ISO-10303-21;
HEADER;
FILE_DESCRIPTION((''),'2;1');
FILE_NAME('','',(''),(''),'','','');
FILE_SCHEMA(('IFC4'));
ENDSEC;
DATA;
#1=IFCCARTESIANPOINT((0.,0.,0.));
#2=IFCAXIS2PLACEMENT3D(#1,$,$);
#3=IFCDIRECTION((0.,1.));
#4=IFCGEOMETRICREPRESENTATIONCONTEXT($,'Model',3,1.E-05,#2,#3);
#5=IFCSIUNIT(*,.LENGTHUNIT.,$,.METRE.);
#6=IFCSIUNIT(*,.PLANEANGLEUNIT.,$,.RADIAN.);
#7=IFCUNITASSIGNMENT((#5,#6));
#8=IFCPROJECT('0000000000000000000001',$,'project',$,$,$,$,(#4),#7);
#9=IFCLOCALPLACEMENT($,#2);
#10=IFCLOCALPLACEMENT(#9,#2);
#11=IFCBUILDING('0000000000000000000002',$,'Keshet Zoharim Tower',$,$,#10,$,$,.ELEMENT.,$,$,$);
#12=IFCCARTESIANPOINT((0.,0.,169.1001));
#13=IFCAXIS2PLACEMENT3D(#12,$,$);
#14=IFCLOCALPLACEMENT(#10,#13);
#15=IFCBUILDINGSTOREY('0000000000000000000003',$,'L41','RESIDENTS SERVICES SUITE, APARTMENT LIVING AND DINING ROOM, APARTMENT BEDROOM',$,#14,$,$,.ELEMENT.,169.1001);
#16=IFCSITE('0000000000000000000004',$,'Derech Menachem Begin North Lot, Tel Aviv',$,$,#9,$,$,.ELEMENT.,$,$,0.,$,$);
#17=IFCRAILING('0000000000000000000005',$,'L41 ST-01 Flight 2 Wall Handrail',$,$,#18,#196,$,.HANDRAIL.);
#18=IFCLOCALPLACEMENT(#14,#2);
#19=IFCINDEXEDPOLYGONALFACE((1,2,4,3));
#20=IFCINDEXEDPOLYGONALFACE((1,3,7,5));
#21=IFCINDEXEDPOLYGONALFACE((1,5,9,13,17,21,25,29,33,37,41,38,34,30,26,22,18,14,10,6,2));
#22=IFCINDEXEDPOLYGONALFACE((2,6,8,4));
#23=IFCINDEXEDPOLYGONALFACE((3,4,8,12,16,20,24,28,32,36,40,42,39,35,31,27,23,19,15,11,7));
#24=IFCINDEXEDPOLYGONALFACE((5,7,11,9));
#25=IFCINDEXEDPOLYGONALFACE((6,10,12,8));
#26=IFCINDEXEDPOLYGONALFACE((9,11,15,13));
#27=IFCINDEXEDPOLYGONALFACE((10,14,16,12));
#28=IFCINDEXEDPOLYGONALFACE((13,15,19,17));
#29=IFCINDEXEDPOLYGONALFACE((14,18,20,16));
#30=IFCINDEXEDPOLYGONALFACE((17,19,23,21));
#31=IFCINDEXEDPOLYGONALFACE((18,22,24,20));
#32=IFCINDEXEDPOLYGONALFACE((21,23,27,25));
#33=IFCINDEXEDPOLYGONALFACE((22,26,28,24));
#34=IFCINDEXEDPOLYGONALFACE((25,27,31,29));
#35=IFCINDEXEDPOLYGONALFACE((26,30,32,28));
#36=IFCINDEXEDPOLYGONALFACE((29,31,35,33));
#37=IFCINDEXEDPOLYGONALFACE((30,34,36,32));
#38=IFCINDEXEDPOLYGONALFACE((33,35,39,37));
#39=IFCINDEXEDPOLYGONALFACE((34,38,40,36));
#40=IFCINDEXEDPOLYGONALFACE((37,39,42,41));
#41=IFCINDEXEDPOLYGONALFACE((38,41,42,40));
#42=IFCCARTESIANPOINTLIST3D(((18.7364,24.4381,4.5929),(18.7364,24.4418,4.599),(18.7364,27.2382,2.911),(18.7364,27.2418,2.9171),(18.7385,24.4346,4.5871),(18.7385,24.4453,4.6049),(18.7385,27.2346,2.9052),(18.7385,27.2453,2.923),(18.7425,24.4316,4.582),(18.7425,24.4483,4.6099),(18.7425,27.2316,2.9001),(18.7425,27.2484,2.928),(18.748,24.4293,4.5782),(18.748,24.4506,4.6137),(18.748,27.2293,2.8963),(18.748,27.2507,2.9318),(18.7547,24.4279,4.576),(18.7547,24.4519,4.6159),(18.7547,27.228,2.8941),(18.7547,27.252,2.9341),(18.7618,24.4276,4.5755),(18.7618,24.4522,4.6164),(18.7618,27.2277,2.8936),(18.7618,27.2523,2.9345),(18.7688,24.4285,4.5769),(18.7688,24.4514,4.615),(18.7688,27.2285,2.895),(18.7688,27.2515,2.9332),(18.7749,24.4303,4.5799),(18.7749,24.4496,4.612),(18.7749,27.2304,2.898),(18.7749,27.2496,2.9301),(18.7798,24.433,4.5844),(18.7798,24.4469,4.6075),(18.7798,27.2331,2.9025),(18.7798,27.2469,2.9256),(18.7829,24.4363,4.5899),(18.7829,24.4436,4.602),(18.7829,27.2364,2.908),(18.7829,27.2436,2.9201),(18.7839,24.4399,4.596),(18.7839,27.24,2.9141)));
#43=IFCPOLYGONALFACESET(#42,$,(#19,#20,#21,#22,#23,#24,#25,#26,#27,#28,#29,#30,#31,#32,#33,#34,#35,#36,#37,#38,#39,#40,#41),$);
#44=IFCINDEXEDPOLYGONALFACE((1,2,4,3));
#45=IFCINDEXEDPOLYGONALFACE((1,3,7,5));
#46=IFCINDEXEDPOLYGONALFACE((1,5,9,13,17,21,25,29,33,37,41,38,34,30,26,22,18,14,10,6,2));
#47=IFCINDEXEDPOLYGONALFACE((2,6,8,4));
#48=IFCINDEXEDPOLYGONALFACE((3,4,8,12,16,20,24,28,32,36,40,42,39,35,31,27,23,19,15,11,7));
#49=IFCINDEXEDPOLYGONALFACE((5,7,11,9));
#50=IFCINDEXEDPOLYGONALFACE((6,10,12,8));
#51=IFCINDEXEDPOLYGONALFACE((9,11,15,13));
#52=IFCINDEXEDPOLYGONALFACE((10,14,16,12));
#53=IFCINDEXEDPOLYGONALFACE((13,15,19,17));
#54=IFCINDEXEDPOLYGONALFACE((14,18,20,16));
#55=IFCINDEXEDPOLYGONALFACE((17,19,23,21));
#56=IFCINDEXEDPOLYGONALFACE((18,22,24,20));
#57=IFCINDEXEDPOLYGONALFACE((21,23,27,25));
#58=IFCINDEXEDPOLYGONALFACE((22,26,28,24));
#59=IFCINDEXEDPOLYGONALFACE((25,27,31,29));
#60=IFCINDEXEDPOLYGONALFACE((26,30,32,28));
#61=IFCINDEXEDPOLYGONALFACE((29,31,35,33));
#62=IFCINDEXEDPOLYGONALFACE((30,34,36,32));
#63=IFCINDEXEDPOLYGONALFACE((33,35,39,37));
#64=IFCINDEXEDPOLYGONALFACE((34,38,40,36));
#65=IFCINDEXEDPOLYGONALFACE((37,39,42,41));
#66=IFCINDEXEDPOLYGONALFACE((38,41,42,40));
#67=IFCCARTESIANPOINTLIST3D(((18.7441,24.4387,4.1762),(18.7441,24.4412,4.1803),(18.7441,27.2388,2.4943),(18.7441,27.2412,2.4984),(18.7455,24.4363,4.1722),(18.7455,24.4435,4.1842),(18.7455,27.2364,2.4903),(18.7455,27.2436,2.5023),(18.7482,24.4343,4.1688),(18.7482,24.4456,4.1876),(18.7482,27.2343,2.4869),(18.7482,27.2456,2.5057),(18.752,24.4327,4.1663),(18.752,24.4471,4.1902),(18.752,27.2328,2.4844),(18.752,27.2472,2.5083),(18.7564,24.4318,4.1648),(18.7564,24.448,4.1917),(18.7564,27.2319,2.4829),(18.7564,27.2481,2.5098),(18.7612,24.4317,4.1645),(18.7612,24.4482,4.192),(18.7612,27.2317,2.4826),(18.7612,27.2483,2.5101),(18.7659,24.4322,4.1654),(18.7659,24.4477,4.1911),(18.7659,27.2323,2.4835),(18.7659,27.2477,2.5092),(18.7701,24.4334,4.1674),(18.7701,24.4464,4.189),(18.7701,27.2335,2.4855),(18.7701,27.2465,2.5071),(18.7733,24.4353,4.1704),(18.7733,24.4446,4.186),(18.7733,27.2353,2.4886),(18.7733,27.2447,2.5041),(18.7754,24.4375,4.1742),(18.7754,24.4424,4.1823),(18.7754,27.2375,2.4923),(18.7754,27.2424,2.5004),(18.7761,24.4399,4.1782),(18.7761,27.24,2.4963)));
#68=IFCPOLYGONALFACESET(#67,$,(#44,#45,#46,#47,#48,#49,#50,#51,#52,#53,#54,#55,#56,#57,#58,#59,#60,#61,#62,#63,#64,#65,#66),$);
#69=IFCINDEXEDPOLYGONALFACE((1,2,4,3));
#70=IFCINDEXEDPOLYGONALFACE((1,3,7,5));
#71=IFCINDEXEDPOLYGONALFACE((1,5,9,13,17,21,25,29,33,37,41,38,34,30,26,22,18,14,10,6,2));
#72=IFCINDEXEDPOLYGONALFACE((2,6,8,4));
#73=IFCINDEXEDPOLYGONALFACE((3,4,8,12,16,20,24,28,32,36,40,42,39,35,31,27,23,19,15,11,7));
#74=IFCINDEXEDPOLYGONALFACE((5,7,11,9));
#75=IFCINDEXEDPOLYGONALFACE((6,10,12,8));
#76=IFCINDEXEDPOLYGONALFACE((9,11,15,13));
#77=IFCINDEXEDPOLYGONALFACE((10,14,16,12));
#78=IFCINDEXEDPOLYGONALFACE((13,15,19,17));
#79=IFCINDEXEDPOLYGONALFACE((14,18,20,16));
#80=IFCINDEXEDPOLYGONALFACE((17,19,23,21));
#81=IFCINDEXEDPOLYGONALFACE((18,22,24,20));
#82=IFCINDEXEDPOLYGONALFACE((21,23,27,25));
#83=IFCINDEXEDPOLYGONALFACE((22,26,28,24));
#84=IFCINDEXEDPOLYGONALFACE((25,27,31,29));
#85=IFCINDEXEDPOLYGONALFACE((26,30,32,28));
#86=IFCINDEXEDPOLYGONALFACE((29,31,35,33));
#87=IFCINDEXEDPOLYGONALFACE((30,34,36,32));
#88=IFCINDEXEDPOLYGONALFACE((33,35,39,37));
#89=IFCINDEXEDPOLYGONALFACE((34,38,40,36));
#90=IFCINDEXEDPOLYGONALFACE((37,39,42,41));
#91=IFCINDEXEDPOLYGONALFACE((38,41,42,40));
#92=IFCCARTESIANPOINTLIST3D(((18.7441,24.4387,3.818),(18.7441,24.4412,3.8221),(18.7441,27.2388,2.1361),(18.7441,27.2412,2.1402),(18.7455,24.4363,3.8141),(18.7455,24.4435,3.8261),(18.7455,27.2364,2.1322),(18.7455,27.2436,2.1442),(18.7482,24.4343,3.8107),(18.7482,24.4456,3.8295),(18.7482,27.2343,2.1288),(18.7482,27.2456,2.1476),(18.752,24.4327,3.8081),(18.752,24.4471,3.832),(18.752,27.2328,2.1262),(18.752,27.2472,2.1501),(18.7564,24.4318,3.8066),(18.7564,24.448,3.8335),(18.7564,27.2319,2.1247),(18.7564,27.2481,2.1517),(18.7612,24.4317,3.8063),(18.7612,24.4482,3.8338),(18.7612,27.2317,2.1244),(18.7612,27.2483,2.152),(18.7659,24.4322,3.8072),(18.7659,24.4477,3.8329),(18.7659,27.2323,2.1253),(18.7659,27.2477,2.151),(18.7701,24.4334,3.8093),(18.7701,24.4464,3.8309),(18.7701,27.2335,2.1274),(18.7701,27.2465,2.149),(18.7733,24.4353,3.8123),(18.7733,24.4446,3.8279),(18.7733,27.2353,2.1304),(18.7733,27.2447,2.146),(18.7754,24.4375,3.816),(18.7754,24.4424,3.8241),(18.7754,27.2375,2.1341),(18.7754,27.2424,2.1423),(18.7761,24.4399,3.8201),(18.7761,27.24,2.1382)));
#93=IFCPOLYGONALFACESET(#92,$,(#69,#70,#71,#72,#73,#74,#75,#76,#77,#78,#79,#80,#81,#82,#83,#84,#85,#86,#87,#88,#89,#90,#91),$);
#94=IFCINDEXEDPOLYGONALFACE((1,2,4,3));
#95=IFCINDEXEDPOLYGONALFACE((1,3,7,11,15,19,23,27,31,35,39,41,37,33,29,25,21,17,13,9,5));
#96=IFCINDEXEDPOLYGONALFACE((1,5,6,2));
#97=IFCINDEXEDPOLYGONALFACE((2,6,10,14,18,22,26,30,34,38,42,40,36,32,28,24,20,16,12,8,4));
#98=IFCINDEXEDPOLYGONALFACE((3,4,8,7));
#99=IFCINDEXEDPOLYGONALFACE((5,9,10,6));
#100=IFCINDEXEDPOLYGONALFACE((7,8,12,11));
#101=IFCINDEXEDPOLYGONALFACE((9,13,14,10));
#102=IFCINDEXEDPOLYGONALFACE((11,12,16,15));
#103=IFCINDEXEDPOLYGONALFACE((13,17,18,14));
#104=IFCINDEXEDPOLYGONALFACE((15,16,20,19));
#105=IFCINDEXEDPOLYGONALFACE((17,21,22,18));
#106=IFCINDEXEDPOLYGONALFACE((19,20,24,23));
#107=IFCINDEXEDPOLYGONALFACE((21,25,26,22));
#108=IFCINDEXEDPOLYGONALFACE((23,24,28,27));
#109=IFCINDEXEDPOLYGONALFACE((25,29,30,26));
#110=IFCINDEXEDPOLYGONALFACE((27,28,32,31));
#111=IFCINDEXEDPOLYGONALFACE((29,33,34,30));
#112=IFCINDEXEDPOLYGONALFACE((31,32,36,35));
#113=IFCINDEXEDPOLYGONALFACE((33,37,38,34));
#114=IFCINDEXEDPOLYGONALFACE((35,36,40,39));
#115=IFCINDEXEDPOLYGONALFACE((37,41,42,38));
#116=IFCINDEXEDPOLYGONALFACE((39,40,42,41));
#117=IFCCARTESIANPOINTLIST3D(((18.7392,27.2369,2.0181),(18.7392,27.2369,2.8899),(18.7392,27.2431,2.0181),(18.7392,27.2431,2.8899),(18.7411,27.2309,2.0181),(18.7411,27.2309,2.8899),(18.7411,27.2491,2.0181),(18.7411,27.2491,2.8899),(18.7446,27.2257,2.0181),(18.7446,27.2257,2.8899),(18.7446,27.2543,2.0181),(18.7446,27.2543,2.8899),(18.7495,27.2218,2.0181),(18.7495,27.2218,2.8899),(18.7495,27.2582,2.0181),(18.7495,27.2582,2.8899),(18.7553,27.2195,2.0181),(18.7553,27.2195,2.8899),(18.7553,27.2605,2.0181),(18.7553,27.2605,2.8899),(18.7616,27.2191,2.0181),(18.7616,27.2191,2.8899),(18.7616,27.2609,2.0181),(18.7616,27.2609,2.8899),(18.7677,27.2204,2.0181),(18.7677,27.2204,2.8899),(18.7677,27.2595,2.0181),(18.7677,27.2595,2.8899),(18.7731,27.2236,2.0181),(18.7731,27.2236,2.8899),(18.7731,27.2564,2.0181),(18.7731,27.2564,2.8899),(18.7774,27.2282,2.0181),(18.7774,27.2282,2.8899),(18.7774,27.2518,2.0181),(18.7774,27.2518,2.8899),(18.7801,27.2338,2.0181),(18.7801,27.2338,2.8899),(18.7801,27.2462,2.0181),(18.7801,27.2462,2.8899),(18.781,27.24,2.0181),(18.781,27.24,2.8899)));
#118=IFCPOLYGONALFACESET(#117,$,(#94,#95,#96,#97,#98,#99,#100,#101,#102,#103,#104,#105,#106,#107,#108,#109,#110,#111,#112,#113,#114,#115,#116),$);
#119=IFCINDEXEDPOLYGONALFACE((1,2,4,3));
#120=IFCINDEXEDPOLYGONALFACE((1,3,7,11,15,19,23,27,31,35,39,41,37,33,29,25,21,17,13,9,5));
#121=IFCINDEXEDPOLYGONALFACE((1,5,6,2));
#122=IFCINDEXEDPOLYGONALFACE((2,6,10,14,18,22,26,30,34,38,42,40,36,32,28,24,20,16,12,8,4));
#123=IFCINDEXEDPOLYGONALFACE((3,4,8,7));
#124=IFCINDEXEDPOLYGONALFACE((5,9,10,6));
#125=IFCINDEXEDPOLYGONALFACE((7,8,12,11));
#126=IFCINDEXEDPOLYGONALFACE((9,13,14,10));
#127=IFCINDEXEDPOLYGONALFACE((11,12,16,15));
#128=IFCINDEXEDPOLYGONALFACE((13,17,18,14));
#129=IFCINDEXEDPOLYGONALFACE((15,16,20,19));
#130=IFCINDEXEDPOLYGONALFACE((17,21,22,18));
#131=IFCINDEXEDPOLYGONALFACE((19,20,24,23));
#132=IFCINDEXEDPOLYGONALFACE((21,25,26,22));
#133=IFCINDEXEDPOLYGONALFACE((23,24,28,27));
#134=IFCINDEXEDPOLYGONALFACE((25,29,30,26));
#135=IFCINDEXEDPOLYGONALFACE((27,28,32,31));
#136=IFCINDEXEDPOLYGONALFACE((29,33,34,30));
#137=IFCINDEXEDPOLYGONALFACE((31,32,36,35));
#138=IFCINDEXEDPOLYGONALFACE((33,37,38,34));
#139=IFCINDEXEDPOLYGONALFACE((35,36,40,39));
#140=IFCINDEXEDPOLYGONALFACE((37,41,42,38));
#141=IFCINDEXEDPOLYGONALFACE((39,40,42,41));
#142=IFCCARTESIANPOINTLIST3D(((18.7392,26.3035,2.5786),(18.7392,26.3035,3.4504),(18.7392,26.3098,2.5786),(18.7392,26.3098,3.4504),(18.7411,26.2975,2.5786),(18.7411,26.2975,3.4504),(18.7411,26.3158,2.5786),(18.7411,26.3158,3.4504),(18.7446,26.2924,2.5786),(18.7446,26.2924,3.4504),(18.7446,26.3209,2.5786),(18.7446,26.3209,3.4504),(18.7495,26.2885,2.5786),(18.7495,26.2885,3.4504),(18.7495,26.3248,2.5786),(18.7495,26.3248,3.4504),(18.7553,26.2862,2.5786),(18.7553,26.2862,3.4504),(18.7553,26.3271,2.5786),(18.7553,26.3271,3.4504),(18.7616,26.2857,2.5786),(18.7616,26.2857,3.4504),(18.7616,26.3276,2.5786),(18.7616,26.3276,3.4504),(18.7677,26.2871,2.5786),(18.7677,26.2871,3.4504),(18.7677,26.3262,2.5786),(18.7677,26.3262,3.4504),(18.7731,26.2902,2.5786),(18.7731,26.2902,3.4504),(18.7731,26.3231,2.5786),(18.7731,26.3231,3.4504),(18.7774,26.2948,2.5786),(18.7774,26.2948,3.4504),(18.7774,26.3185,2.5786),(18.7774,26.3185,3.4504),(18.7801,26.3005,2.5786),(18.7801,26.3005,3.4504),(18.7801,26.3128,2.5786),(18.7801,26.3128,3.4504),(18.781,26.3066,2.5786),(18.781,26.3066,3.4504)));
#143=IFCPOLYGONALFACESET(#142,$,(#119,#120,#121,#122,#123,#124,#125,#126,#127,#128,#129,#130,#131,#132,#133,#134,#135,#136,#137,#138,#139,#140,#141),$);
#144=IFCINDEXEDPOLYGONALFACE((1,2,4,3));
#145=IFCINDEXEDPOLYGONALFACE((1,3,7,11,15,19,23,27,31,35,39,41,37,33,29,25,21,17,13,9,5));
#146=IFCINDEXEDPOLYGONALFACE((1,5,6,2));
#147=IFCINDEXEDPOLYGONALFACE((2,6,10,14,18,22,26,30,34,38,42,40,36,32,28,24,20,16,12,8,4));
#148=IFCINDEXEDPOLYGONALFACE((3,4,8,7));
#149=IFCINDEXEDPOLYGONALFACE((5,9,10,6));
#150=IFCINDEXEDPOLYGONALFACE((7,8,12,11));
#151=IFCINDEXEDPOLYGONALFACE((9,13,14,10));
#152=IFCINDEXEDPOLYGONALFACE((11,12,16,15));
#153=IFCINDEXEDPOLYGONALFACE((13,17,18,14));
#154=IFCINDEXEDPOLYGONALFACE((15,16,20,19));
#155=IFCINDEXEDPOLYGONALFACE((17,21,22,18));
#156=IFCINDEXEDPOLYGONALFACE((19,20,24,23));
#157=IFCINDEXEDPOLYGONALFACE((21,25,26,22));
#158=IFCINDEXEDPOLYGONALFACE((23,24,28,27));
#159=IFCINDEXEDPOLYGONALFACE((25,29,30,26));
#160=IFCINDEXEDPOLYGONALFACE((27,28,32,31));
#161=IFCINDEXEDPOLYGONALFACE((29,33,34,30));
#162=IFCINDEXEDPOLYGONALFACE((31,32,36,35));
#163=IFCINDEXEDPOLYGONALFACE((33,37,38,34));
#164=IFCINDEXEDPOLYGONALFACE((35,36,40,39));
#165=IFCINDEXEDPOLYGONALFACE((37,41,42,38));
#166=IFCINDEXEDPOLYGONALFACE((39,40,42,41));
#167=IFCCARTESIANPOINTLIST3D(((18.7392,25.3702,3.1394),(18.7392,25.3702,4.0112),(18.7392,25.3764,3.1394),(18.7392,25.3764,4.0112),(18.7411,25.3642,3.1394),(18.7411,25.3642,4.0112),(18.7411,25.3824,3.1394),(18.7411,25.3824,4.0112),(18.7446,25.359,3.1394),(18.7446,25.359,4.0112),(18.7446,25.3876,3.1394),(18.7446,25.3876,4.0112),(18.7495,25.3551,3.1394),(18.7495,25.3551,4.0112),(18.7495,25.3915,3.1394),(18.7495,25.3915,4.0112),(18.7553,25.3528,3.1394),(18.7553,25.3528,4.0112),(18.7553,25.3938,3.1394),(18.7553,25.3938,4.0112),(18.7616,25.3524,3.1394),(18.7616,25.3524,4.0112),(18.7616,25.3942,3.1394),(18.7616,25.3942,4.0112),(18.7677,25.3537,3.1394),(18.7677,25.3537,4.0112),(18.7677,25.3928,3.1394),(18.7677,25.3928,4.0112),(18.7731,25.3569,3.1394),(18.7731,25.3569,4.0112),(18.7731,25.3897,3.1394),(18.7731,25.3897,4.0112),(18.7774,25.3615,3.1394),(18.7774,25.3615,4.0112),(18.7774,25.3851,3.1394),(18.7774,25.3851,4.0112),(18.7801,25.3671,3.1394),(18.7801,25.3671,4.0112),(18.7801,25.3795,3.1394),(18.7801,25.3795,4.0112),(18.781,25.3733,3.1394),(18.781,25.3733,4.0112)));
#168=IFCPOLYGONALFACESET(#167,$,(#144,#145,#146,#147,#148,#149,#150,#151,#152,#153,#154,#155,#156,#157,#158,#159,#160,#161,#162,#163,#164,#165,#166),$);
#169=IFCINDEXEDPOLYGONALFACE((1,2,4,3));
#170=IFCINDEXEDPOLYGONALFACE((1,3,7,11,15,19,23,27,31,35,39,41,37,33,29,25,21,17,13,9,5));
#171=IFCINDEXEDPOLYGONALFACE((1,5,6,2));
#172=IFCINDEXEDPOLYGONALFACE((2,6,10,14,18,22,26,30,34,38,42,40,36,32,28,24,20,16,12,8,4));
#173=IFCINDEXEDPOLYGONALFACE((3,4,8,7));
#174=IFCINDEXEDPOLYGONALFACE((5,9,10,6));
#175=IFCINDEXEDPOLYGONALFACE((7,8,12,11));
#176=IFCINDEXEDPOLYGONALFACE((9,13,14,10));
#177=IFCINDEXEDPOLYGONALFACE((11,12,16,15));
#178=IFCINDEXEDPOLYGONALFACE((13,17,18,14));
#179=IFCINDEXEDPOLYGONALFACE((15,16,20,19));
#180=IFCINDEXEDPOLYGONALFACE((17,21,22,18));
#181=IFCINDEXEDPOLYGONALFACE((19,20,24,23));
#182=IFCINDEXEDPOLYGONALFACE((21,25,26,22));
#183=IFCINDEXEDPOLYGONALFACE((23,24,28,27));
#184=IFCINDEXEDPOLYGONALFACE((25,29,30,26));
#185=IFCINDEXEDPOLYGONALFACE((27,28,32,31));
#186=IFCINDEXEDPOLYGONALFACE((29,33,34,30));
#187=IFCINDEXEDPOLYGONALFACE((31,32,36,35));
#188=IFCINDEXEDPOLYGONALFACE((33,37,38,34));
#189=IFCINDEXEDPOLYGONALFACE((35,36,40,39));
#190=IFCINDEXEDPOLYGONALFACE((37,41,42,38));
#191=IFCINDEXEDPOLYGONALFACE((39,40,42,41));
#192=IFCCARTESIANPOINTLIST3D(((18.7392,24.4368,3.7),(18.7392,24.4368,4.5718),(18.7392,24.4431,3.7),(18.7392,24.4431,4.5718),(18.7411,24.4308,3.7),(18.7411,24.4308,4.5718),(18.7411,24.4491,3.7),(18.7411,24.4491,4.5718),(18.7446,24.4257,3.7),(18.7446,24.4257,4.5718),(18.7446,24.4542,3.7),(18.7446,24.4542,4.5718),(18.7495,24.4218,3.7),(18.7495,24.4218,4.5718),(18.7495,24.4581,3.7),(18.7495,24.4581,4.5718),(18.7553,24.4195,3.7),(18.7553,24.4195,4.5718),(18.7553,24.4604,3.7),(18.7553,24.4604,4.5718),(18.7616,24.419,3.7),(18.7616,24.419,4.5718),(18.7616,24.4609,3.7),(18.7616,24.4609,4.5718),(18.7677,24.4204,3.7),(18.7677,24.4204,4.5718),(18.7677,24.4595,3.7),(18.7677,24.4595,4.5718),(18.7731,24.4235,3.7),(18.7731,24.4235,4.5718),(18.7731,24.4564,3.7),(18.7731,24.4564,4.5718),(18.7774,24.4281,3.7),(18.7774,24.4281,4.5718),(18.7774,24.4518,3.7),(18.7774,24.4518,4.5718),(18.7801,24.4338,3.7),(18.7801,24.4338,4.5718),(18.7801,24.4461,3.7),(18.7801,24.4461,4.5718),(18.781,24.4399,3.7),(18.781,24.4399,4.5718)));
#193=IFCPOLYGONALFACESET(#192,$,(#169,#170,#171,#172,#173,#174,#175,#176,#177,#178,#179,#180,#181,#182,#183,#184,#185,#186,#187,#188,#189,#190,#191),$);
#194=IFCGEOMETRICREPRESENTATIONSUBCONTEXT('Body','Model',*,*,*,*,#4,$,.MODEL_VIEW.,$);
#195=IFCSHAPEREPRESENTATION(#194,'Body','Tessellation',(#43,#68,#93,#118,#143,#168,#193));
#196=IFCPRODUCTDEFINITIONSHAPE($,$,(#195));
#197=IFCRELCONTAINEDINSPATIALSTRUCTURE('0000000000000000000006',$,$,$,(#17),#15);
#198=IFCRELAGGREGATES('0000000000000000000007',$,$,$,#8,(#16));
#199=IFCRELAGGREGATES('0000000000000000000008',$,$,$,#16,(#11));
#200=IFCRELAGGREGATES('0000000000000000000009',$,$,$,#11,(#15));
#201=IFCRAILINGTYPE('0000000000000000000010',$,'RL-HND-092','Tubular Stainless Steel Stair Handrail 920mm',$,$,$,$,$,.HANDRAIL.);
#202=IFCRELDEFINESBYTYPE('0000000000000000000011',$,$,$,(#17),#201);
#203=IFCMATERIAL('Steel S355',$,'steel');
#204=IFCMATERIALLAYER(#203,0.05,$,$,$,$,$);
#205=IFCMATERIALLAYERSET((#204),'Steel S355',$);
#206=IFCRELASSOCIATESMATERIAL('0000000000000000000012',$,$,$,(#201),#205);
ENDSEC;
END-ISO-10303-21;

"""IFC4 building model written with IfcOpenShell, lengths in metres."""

from ifc_helpers import new_model, si_unit, direction, frame, origin, origin_2d, place, context, subcontext, project, spatial, circle, extrude, material, layer, layer_set, type_object, element, save


model = new_model("IFC4")

# Units and contexts
model_context = context("Model", 3, precision=1e-05, world=origin(), true_north=direction((0.0, 1.0)))
body_context = subcontext(model_context, "Body", "Model", "MODEL_VIEW")
ifc_project = project(units=[si_unit("LENGTHUNIT", "METRE"), si_unit("PLANEANGLEUNIT", "RADIAN")], contexts=[model_context])

# Site, building, storey
site_placement = place(None, origin())
site = spatial("IfcSite", under=ifc_project, at=site_placement, Name="Derech Menachem Begin North Lot, Tel Aviv", CompositionType="ELEMENT", RefElevation=0.0)
building_placement = place(site_placement, origin())
building = spatial("IfcBuilding", under=site, at=building_placement, Name="Keshet Zoharim Tower", CompositionType="ELEMENT")
storey_placement = place(building_placement, frame((0.0, 0.0, 169.1001)))
storey = spatial("IfcBuildingStorey", under=building, at=storey_placement, Name="L41", Description="RESIDENTS SERVICES SUITE, APARTMENT LIVING AND DINING ROOM, APARTMENT BEDROOM", CompositionType="ELEMENT", Elevation=169.1001)

# Shared definitions
ifc_material_1 = material(Name="Steel S355", Category="steel")

# Railing
ifc_layer_1 = layer(ifc_material_1, 0.05)
ifc_layer_set_1 = layer_set([ifc_layer_1], Name="Steel S355")
railing_type_1 = type_object("IfcRailingType", Name="RL-HND-092", Description="Tubular Stainless Steel Stair Handrail 920mm", PredefinedType="HANDRAIL", material=ifc_layer_set_1)
railing_1_placement = place(storey_placement, frame((18.76, 27.24, 2.0181)))
element("IfcRailing", 1, at=railing_1_placement, inside=storey, type_object=railing_type_1, Name="L41 ST-01 Flight 2 Wall Handrail", PredefinedType="HANDRAIL", context=body_context, shape_type="SweptSolid", body=[
    extrude(circle(Radius=0.0239, at=origin_2d()), frame((0.0, 0.0, 0.896), z_axis=(0.0, -0.857242, 0.514913), x_axis=(1.0, 0.0, 0.0)), (0.0, 0.0, 1.0), 3.2664),
    extrude(circle(Radius=0.0161, at=origin_2d()), frame((0.0, 0.0, 0.4783), z_axis=(0.0, -0.857242, 0.514913), x_axis=(1.0, 0.0, 0.0)), (0.0, 0.0, 1.0), 3.2664),
    extrude(circle(Radius=0.0161, at=origin_2d()), frame((0.0, 0.0, 0.1201), z_axis=(0.0, -0.857242, 0.514913), x_axis=(1.0, 0.0, 0.0)), (0.0, 0.0, 1.0), 3.2664),
    extrude(circle(Radius=0.021, at=origin_2d()), origin(), (0.0, 0.0, 1.0), 0.8718),
    extrude(circle(Radius=0.021, at=origin_2d()), frame((0.0, -0.9333, 0.5605)), (0.0, 0.0, 1.0), 0.8718),
    extrude(circle(Radius=0.021, at=origin_2d()), frame((0.0, -1.8667, 1.1213)), (0.0, 0.0, 1.0), 0.8718),
    extrude(circle(Radius=0.021, at=origin_2d()), frame((0.0, -2.8, 1.6819)), (0.0, 0.0, 1.0), 0.8718),
])

save(model, "model.ifc")
